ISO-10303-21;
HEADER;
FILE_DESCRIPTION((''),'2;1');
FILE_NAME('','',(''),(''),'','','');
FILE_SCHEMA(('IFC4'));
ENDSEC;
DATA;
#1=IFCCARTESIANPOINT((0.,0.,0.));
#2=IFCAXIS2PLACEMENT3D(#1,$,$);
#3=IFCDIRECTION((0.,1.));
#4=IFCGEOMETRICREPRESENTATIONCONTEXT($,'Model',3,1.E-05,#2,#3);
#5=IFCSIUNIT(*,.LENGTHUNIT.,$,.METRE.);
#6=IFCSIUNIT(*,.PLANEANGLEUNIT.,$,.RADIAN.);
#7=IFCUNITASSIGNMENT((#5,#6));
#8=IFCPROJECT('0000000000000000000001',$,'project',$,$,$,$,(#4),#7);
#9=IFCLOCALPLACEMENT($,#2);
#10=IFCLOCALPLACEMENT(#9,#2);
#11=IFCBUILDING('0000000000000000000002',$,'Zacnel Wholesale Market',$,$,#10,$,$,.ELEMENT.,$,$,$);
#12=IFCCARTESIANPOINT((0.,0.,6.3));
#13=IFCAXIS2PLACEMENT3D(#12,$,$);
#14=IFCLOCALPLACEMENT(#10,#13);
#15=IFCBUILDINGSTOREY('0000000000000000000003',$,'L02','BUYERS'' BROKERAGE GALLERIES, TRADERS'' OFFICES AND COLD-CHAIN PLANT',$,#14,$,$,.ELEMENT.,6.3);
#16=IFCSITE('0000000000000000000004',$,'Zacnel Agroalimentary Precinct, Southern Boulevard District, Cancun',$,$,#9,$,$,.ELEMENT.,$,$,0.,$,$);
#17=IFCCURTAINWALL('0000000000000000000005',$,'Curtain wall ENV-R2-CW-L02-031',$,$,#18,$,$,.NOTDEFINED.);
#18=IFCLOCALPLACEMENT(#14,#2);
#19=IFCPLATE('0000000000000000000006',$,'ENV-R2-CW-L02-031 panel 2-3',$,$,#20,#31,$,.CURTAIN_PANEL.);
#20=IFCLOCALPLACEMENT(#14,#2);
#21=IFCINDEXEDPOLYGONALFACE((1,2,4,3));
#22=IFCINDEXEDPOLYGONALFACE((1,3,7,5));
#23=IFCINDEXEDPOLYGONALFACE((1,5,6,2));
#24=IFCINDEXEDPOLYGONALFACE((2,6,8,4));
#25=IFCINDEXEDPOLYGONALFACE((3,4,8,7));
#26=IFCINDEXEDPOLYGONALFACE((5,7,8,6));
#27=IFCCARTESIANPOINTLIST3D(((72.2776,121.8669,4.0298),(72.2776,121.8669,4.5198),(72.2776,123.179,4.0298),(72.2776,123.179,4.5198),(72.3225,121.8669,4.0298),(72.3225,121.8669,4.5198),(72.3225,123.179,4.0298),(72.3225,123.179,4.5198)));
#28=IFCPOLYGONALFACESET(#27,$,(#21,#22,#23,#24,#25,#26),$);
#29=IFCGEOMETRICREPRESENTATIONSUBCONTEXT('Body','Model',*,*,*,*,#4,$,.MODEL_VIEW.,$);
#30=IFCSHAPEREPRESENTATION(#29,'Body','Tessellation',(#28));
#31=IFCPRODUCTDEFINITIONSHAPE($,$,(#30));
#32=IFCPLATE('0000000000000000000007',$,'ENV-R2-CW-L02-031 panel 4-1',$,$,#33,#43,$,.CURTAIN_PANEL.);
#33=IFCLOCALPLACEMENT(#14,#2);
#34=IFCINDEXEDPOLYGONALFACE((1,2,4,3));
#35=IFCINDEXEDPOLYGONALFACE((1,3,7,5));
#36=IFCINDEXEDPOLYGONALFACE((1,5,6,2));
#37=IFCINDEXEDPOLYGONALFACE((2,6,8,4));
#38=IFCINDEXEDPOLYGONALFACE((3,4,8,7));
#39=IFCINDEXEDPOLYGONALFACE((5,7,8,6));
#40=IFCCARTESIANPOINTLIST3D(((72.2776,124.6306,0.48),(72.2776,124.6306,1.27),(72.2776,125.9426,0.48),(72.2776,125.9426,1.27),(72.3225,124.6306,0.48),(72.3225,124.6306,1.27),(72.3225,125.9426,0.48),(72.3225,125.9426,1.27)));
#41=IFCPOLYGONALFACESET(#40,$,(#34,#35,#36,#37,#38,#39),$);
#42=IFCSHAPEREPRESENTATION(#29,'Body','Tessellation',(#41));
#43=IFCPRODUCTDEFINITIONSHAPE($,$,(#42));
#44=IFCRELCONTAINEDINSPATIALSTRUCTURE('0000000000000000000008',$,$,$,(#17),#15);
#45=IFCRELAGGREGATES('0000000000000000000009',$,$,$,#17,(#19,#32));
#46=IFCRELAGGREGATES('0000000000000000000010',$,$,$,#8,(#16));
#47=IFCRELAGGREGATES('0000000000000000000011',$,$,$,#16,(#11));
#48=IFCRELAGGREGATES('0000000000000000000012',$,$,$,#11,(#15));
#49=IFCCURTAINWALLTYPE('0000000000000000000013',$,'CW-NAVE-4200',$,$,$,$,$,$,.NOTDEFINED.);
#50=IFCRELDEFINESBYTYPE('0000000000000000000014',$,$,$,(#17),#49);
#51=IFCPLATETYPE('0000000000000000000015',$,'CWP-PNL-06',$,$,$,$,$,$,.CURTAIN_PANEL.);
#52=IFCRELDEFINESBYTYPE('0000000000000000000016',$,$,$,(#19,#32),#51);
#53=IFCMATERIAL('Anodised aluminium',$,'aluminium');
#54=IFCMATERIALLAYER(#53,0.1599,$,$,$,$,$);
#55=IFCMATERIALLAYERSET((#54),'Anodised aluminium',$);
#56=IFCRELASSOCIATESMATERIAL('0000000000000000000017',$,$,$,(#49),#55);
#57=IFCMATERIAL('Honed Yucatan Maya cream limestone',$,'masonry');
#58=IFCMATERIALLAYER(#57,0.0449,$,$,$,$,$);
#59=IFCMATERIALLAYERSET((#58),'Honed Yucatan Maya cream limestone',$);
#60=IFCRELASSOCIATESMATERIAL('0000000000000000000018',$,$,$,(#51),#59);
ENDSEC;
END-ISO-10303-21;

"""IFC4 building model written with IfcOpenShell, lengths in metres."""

from ifc_helpers import new_model, si_unit, direction, frame, origin, origin_2d, place, context, subcontext, project, spatial, rectangle, extrude, material, layer, layer_set, type_object, element, aggregate, save


model = new_model("IFC4")

# Units and contexts
model_context = context("Model", 3, precision=1e-05, world=origin(), true_north=direction((0.0, 1.0)))
body_context = subcontext(model_context, "Body", "Model", "MODEL_VIEW")
ifc_project = project(units=[si_unit("LENGTHUNIT", "METRE"), si_unit("PLANEANGLEUNIT", "RADIAN")], contexts=[model_context])

# Site, building, storey
site_placement = place(None, origin())
site = spatial("IfcSite", under=ifc_project, at=site_placement, Name="Zacnel Agroalimentary Precinct, Southern Boulevard District, Cancun", CompositionType="ELEMENT", RefElevation=0.0)
building_placement = place(site_placement, origin())
building = spatial("IfcBuilding", under=site, at=building_placement, Name="Zacnel Wholesale Market", CompositionType="ELEMENT")
storey_placement = place(building_placement, frame((0.0, 0.0, 6.3)))
storey = spatial("IfcBuildingStorey", under=building, at=storey_placement, Name="L02", Description="BUYERS' BROKERAGE GALLERIES, TRADERS' OFFICES AND COLD-CHAIN PLANT", CompositionType="ELEMENT", Elevation=6.3)

# Curtain wall, plates
ifc_material_1 = material(Name="Anodised aluminium", Category="aluminium")
ifc_layer_1 = layer(ifc_material_1, 0.1599)
ifc_layer_set_1 = layer_set([ifc_layer_1], Name="Anodised aluminium")
curtain_wall_type = type_object("IfcCurtainWallType", Name="CW-NAVE-4200", PredefinedType="NOTDEFINED", material=ifc_layer_set_1)
curtain_wall_placement = place(storey_placement, origin())
curtain_wall = element("IfcCurtainWall", 1, at=curtain_wall_placement, inside=storey, type_object=curtain_wall_type, Name="Curtain wall ENV-R2-CW-L02-031", PredefinedType="NOTDEFINED")
ifc_material_2 = material(Name="Honed Yucatan Maya cream limestone", Category="masonry")
ifc_layer_2 = layer(ifc_material_2, 0.0449)
ifc_layer_set_2 = layer_set([ifc_layer_2], Name="Honed Yucatan Maya cream limestone")
plate_type_1 = type_object("IfcPlateType", Name="CWP-PNL-06", PredefinedType="CURTAIN_PANEL", material=ifc_layer_set_2)
plate_1_placement = place(storey_placement, frame((72.3, 122.5229, 4.0298), z_axis=(0.0, 0.0, 1.0), x_axis=(0.0, 1.0, 0.0)))
plate_1 = element("IfcPlate", 2, at=plate_1_placement, type_object=plate_type_1, Name="ENV-R2-CW-L02-031 panel 2-3", PredefinedType="CURTAIN_PANEL", context=body_context, shape_type="SweptSolid", body=[
    extrude(rectangle(XDim=1.312, YDim=0.0449, at=origin_2d()), origin(), (0.0, 0.0, 1.0), 0.49),
])
plate_2_placement = place(storey_placement, frame((72.3, 125.2866, 0.48), z_axis=(0.0, 0.0, 1.0), x_axis=(0.0, 1.0, 0.0)))
plate_2 = element("IfcPlate", 3, at=plate_2_placement, type_object=plate_type_1, Name="ENV-R2-CW-L02-031 panel 4-1", PredefinedType="CURTAIN_PANEL", context=body_context, shape_type="SweptSolid", body=[
    extrude(rectangle(XDim=1.312, YDim=0.0449, at=origin_2d()), origin(), (0.0, 0.0, 1.0), 0.79),
])
aggregate(curtain_wall, [plate_1, plate_2])

save(model, "model.ifc")
